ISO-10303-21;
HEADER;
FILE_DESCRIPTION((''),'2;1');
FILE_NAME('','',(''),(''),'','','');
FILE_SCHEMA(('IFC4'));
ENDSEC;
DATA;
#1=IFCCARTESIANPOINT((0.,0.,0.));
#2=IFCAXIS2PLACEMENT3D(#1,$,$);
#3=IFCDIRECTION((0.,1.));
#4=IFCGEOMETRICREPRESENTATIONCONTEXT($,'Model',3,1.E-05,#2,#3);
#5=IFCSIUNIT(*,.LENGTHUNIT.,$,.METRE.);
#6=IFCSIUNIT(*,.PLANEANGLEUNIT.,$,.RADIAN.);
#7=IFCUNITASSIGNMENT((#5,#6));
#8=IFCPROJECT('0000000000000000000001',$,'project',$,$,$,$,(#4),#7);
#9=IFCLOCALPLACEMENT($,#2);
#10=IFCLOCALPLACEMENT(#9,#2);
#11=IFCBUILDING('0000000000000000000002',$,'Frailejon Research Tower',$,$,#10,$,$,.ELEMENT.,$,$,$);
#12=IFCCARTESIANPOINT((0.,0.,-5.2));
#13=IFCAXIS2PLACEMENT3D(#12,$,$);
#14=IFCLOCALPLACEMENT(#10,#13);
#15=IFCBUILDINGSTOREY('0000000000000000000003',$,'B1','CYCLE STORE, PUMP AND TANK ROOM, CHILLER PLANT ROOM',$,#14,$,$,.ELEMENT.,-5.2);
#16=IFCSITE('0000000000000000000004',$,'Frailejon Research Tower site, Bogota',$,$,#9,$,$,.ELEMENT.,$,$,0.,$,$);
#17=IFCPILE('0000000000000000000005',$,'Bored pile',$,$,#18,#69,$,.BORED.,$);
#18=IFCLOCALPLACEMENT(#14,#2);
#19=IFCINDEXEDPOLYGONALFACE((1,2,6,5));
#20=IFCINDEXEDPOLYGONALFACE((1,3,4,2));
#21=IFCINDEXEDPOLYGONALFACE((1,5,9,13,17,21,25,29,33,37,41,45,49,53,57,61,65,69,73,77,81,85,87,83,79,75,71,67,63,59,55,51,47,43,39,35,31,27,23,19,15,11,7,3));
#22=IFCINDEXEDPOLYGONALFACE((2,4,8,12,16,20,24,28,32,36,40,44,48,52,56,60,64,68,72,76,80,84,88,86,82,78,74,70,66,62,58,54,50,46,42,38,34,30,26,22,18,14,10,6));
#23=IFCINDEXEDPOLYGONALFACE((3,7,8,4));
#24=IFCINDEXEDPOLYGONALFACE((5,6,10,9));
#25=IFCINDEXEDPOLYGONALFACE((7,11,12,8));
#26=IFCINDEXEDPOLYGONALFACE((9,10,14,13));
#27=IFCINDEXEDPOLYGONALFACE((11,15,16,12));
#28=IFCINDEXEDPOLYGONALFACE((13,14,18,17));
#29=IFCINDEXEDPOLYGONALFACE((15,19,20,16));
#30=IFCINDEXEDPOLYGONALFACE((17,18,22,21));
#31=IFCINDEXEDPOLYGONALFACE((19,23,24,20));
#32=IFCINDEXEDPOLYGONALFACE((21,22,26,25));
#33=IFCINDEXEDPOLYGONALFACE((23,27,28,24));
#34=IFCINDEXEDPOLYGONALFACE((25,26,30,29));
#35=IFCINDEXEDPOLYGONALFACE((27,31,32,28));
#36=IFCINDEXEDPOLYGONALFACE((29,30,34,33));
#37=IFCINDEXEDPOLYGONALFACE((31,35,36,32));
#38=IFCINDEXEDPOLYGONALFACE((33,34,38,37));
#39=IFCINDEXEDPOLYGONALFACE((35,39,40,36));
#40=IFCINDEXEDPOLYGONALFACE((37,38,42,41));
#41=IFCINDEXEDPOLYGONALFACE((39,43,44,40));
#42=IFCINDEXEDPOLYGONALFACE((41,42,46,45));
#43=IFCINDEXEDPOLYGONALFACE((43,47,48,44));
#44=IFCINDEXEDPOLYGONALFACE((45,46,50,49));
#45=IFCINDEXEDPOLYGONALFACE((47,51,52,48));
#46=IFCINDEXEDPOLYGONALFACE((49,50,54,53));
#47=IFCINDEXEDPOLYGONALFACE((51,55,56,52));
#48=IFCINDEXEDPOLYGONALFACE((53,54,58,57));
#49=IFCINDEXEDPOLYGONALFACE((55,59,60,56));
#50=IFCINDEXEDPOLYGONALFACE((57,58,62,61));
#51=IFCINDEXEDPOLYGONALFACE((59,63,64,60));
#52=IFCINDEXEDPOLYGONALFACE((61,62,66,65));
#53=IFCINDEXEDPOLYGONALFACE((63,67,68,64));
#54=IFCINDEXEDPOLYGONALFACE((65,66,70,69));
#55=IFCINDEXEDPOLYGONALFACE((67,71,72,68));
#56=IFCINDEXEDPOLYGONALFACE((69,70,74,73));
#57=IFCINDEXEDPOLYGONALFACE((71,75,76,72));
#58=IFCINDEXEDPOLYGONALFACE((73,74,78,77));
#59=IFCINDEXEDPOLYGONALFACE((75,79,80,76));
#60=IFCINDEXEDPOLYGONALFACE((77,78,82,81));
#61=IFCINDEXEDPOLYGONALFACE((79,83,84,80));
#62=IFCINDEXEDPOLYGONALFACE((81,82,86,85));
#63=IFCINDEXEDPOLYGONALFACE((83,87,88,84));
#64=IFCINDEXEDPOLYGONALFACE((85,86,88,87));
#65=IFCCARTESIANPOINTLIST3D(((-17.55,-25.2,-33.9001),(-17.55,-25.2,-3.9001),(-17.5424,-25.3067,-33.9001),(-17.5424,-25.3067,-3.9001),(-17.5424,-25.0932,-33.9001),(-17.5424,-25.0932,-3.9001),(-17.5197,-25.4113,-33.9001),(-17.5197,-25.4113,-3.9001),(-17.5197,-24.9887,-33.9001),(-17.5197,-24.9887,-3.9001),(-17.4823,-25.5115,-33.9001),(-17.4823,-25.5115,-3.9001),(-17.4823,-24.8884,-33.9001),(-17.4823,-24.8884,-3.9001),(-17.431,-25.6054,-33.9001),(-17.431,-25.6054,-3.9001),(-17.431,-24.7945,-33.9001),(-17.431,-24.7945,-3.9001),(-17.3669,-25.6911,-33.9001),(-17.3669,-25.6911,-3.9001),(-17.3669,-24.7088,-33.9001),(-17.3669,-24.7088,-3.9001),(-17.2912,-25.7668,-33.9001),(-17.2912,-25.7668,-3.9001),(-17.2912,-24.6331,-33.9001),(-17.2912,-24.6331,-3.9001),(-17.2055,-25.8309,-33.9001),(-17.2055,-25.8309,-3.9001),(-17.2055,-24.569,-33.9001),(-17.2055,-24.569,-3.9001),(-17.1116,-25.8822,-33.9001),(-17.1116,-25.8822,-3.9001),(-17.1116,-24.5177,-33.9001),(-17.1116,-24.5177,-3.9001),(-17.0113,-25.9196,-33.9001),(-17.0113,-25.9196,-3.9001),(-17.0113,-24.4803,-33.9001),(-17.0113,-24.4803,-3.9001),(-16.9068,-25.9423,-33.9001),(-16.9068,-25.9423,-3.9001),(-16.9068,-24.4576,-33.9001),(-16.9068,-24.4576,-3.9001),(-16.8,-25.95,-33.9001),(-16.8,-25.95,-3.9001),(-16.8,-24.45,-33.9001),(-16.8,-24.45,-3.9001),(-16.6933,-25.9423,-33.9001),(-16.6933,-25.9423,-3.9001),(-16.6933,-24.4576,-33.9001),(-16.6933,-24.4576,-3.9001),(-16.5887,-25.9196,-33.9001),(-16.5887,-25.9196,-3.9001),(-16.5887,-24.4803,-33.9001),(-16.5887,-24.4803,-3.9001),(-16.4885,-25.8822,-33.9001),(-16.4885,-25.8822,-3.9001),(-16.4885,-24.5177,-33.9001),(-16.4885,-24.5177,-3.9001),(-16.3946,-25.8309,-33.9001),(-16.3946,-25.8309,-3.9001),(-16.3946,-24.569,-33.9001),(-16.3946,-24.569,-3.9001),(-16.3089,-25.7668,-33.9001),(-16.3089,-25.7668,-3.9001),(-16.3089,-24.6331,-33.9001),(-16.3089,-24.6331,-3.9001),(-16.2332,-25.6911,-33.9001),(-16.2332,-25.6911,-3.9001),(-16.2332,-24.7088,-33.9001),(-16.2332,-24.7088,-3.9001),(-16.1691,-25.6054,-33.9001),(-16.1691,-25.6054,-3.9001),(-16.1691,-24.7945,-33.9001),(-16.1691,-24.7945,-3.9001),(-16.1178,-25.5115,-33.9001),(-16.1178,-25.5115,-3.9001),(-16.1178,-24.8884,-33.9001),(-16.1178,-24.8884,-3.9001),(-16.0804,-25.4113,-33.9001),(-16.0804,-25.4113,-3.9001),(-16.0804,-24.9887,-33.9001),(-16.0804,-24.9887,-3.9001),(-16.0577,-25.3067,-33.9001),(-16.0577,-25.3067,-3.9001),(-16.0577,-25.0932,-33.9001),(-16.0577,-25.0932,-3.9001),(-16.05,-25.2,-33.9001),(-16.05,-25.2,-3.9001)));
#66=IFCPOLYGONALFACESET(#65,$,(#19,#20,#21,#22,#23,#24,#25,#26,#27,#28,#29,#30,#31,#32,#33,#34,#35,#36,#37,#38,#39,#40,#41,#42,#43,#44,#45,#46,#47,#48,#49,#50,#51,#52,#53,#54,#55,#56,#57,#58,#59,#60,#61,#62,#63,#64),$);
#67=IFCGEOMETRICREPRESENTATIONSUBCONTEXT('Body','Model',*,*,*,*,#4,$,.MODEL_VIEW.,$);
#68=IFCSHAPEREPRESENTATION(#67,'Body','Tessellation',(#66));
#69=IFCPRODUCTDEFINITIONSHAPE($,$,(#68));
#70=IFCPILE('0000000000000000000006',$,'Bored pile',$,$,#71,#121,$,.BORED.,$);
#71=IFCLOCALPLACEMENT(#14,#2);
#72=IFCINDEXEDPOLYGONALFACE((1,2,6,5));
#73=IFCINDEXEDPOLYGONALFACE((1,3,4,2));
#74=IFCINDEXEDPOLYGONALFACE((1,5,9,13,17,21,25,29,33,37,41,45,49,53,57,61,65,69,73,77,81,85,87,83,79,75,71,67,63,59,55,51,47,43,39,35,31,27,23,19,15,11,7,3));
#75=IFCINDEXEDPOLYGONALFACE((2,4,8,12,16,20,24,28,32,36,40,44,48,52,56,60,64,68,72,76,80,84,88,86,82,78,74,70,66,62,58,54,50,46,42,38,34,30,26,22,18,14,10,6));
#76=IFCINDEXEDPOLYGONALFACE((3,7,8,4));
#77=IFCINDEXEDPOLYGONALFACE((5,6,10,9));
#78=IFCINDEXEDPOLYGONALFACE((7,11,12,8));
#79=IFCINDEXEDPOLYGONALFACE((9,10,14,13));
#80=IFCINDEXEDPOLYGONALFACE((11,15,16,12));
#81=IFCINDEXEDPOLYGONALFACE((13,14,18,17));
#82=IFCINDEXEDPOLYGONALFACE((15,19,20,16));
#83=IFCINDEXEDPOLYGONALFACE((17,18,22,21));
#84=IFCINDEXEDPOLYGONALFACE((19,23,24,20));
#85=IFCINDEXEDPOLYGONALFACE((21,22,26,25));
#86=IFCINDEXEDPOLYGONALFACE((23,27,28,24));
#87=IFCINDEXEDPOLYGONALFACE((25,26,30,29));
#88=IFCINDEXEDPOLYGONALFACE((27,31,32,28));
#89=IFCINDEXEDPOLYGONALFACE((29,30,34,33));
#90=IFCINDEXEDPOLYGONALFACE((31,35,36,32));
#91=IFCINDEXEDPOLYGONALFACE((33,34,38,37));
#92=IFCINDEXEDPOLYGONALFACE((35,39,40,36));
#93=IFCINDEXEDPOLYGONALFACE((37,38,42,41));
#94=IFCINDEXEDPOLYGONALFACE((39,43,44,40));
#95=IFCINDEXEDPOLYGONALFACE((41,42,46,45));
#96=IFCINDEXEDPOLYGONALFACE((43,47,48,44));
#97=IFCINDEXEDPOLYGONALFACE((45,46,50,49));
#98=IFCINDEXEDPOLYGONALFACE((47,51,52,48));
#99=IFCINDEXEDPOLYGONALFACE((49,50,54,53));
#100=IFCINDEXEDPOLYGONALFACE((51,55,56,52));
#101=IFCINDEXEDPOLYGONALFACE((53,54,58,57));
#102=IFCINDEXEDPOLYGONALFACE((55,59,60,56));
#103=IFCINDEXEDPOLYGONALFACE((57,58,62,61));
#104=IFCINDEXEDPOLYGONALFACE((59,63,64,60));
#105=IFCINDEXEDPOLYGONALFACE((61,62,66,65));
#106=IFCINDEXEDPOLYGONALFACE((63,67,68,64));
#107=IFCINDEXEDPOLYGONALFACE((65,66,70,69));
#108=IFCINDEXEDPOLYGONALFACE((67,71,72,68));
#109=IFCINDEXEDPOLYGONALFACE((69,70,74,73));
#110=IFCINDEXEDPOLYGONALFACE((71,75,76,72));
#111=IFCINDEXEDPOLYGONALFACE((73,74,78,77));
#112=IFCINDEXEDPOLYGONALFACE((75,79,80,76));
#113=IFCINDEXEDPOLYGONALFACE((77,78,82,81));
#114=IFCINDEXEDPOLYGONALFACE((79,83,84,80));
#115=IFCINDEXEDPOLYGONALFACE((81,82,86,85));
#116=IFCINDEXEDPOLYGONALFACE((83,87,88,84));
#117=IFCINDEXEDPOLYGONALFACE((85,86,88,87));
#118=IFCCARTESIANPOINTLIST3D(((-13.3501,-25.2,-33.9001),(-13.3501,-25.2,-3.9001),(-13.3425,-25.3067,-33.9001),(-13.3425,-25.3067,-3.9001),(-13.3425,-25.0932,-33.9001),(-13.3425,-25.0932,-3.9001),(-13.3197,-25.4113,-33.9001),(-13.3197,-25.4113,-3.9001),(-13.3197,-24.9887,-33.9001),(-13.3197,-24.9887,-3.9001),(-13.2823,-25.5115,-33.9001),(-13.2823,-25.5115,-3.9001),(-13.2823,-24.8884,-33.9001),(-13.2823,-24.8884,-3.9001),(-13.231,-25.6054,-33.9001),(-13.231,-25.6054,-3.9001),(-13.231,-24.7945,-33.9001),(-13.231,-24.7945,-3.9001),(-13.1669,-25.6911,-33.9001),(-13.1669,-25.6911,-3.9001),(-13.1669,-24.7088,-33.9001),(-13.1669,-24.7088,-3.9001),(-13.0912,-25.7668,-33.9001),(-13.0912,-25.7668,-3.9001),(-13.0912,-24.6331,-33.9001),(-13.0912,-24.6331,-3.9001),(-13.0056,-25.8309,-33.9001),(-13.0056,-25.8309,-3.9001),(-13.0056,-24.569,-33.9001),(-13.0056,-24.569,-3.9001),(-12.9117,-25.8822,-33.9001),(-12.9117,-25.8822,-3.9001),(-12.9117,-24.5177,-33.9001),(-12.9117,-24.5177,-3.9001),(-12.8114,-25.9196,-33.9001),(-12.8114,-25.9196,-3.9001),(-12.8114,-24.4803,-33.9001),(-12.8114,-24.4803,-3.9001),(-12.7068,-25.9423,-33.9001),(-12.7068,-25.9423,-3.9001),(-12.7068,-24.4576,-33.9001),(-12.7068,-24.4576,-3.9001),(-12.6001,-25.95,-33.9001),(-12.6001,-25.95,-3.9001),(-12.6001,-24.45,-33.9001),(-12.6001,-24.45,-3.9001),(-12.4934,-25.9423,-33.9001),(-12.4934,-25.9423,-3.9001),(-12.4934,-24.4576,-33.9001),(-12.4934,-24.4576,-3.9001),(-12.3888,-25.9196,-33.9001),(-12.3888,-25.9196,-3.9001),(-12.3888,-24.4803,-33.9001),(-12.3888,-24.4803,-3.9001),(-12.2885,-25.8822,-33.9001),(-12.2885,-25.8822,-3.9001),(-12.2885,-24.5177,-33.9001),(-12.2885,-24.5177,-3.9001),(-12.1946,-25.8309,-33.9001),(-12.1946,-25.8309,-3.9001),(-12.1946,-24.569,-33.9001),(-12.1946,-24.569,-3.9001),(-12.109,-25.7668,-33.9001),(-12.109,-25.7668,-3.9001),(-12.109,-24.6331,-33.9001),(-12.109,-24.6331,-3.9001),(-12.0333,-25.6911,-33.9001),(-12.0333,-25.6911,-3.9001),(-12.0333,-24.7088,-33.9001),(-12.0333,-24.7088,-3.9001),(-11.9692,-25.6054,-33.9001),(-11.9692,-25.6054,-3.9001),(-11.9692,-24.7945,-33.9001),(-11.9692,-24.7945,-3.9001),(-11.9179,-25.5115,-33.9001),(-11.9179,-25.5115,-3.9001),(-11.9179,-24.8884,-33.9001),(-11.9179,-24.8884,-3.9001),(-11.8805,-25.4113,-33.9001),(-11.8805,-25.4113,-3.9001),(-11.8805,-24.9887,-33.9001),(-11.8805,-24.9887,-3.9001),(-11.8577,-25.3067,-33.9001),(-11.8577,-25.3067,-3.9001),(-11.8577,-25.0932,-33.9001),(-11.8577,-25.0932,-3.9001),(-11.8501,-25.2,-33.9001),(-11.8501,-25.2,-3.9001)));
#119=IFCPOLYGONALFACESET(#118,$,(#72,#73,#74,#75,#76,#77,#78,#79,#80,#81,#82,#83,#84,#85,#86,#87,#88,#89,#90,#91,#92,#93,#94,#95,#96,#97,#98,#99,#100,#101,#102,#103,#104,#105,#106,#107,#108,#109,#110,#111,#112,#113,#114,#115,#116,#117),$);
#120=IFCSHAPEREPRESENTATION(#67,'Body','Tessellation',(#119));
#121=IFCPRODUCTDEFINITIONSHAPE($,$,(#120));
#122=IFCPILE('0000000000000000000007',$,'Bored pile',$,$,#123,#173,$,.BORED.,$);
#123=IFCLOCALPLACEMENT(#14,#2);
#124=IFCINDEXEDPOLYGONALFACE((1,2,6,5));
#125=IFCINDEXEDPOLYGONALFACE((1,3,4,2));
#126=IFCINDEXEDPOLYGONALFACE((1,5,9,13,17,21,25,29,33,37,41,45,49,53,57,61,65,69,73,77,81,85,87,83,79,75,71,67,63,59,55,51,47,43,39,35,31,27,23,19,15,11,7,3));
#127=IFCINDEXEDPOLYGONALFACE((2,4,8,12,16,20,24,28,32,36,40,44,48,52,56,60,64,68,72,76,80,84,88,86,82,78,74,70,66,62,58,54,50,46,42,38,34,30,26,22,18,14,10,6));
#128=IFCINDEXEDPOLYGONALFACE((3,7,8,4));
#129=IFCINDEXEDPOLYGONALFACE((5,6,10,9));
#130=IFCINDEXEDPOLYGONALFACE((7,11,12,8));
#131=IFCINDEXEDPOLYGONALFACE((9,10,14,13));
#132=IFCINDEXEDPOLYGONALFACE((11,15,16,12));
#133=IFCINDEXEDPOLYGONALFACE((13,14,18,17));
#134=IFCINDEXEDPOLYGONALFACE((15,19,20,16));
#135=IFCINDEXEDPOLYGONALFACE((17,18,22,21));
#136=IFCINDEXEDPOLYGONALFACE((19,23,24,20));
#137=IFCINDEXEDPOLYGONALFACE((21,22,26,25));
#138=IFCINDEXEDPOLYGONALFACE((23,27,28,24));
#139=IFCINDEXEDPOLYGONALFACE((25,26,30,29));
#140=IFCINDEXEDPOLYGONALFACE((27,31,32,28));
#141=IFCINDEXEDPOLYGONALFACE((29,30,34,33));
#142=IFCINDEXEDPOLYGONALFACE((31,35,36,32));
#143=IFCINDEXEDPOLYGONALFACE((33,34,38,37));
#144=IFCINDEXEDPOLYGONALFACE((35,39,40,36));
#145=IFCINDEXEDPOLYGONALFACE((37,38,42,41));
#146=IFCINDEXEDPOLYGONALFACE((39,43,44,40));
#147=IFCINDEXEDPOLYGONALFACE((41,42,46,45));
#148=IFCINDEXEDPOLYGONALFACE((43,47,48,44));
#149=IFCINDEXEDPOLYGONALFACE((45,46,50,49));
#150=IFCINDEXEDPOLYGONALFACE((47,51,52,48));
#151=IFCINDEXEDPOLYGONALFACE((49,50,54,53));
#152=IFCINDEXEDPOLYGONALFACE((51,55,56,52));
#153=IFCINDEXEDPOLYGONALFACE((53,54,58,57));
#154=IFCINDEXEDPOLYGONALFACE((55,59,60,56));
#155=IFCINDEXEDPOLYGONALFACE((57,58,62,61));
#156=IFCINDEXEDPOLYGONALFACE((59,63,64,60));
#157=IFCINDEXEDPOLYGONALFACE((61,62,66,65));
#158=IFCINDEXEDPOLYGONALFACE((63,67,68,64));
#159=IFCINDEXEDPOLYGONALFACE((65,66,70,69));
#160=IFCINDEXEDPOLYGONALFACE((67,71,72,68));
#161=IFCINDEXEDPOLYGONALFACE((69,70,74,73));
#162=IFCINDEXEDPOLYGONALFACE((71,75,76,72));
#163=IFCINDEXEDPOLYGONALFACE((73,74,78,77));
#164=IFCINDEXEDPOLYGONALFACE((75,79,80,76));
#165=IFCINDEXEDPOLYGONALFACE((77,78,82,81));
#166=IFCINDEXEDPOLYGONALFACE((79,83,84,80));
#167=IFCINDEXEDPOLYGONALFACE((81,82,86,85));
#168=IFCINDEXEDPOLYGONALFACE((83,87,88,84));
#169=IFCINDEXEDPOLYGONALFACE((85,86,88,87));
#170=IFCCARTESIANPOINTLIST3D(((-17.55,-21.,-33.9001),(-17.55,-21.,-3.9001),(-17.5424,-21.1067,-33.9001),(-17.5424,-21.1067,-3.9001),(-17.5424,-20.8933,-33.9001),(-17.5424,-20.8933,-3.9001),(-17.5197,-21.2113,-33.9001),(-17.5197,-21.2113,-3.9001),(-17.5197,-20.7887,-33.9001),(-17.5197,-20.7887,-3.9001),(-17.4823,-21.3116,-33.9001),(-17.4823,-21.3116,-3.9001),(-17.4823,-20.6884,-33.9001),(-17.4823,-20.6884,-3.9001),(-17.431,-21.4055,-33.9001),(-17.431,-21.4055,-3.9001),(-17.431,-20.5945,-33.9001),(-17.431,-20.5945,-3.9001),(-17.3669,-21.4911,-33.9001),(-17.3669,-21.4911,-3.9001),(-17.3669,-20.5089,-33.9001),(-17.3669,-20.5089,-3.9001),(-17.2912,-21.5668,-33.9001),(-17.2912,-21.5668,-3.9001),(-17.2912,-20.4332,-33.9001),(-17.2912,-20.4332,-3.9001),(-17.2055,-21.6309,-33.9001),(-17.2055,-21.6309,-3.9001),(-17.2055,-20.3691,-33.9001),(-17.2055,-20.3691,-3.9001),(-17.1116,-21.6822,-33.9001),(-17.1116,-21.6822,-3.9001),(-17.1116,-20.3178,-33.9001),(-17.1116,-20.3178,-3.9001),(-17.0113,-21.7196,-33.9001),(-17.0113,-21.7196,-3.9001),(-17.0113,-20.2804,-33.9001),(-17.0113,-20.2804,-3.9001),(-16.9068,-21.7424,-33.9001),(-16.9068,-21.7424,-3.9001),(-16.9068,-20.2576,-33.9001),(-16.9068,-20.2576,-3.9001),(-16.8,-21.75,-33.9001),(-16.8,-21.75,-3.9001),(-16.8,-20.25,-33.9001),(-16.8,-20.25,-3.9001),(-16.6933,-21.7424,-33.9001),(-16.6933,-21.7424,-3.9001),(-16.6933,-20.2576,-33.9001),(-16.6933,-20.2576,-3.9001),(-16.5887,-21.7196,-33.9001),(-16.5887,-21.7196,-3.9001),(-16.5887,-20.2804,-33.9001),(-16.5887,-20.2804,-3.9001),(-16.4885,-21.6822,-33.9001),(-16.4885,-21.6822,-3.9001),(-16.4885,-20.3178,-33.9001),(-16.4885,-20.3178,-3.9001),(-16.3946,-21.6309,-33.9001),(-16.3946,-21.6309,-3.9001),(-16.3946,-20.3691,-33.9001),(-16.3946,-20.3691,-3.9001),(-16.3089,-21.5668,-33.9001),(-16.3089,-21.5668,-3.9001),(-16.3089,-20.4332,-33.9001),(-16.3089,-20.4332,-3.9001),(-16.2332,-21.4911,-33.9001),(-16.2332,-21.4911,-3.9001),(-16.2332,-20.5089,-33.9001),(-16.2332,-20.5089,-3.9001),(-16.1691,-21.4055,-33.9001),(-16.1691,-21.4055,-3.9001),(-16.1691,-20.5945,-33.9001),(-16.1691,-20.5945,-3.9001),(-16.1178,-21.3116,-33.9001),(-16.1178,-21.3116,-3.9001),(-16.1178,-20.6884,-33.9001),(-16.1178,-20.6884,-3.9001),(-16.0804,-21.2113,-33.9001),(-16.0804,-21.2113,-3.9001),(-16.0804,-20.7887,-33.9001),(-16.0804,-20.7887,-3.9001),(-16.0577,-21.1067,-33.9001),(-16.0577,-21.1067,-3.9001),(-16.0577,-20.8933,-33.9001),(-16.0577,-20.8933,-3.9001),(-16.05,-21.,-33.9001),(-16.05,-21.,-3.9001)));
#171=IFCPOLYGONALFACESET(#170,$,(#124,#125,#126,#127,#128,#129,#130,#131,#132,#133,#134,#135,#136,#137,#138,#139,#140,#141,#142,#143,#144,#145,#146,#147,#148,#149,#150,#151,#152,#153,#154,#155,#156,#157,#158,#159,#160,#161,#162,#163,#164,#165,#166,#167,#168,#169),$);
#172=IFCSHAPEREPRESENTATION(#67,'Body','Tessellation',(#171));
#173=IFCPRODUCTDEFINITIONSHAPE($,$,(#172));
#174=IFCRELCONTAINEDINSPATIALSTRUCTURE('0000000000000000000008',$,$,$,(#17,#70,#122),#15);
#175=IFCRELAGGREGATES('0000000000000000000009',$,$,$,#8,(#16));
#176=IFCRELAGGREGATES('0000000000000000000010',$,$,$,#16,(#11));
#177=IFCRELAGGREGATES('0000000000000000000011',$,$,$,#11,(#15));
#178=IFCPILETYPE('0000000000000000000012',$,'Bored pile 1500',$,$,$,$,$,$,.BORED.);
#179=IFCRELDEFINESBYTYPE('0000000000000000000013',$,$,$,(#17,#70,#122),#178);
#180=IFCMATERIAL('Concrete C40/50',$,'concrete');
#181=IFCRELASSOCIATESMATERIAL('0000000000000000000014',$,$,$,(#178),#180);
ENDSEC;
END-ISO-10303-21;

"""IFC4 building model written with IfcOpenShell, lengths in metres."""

from ifc_helpers import new_model, si_unit, direction, frame, origin, origin_2d, place, context, subcontext, project, spatial, circle, extrude, material, material_profile, profile_set, type_object, element, save


model = new_model("IFC4")

# Units and contexts
model_context = context("Model", 3, precision=1e-05, world=origin(), true_north=direction((0.0, 1.0)))
body_context = subcontext(model_context, "Body", "Model", "MODEL_VIEW")
ifc_project = project(units=[si_unit("LENGTHUNIT", "METRE"), si_unit("PLANEANGLEUNIT", "RADIAN")], contexts=[model_context])

# Site, building, storey
site_placement = place(None, origin())
site = spatial("IfcSite", under=ifc_project, at=site_placement, Name="Frailejon Research Tower site, Bogota", CompositionType="ELEMENT", RefElevation=0.0)
building_placement = place(site_placement, origin())
building = spatial("IfcBuilding", under=site, at=building_placement, Name="Frailejon Research Tower", CompositionType="ELEMENT")
storey_placement = place(building_placement, frame((0.0, 0.0, -5.2)))
storey = spatial("IfcBuildingStorey", under=building, at=storey_placement, Name="B1", Description="CYCLE STORE, PUMP AND TANK ROOM, CHILLER PLANT ROOM", CompositionType="ELEMENT", Elevation=-5.2)

# Piles
ifc_material_1 = material(Name="Concrete C40/50", Category="concrete")
ifc_material_profile_1 = material_profile(ifc_material_1, circle(Radius=0.75, at=origin_2d()), Name="Bored pile 1500")
ifc_profile_set_1 = profile_set([ifc_material_profile_1], Name="Concrete C40/50")
pile_type = type_object("IfcPileType", Name="Bored pile 1500", PredefinedType="BORED", material=ifc_profile_set_1)
for number, where, z_axis, x_axis, name in (
    (1, (-16.8, -25.2, -3.9001), (0.0, 0.0, -1.0), (1.0, 0.0, 0.0), "Bored pile"),
    (2, (-12.6001, -25.2, -3.9001), (0.0, 0.0, -1.0), (1.0, 0.0, 0.0), "Bored pile"),
    (3, (-16.8, -21.0, -3.9001), (0.0, 0.0, -1.0), (1.0, 0.0, 0.0), "Bored pile"),
):
    element("IfcPile", number, at=place(storey_placement, frame(where, z_axis=z_axis, x_axis=x_axis)), inside=storey, type_object=pile_type, Name=name, PredefinedType="BORED", context=body_context, shape_type="SweptSolid", body=[
        extrude(circle(Radius=0.75, at=origin_2d()), origin(), (0.0, 0.0, 1.0), 30.0),
    ])

save(model, "model.ifc")
